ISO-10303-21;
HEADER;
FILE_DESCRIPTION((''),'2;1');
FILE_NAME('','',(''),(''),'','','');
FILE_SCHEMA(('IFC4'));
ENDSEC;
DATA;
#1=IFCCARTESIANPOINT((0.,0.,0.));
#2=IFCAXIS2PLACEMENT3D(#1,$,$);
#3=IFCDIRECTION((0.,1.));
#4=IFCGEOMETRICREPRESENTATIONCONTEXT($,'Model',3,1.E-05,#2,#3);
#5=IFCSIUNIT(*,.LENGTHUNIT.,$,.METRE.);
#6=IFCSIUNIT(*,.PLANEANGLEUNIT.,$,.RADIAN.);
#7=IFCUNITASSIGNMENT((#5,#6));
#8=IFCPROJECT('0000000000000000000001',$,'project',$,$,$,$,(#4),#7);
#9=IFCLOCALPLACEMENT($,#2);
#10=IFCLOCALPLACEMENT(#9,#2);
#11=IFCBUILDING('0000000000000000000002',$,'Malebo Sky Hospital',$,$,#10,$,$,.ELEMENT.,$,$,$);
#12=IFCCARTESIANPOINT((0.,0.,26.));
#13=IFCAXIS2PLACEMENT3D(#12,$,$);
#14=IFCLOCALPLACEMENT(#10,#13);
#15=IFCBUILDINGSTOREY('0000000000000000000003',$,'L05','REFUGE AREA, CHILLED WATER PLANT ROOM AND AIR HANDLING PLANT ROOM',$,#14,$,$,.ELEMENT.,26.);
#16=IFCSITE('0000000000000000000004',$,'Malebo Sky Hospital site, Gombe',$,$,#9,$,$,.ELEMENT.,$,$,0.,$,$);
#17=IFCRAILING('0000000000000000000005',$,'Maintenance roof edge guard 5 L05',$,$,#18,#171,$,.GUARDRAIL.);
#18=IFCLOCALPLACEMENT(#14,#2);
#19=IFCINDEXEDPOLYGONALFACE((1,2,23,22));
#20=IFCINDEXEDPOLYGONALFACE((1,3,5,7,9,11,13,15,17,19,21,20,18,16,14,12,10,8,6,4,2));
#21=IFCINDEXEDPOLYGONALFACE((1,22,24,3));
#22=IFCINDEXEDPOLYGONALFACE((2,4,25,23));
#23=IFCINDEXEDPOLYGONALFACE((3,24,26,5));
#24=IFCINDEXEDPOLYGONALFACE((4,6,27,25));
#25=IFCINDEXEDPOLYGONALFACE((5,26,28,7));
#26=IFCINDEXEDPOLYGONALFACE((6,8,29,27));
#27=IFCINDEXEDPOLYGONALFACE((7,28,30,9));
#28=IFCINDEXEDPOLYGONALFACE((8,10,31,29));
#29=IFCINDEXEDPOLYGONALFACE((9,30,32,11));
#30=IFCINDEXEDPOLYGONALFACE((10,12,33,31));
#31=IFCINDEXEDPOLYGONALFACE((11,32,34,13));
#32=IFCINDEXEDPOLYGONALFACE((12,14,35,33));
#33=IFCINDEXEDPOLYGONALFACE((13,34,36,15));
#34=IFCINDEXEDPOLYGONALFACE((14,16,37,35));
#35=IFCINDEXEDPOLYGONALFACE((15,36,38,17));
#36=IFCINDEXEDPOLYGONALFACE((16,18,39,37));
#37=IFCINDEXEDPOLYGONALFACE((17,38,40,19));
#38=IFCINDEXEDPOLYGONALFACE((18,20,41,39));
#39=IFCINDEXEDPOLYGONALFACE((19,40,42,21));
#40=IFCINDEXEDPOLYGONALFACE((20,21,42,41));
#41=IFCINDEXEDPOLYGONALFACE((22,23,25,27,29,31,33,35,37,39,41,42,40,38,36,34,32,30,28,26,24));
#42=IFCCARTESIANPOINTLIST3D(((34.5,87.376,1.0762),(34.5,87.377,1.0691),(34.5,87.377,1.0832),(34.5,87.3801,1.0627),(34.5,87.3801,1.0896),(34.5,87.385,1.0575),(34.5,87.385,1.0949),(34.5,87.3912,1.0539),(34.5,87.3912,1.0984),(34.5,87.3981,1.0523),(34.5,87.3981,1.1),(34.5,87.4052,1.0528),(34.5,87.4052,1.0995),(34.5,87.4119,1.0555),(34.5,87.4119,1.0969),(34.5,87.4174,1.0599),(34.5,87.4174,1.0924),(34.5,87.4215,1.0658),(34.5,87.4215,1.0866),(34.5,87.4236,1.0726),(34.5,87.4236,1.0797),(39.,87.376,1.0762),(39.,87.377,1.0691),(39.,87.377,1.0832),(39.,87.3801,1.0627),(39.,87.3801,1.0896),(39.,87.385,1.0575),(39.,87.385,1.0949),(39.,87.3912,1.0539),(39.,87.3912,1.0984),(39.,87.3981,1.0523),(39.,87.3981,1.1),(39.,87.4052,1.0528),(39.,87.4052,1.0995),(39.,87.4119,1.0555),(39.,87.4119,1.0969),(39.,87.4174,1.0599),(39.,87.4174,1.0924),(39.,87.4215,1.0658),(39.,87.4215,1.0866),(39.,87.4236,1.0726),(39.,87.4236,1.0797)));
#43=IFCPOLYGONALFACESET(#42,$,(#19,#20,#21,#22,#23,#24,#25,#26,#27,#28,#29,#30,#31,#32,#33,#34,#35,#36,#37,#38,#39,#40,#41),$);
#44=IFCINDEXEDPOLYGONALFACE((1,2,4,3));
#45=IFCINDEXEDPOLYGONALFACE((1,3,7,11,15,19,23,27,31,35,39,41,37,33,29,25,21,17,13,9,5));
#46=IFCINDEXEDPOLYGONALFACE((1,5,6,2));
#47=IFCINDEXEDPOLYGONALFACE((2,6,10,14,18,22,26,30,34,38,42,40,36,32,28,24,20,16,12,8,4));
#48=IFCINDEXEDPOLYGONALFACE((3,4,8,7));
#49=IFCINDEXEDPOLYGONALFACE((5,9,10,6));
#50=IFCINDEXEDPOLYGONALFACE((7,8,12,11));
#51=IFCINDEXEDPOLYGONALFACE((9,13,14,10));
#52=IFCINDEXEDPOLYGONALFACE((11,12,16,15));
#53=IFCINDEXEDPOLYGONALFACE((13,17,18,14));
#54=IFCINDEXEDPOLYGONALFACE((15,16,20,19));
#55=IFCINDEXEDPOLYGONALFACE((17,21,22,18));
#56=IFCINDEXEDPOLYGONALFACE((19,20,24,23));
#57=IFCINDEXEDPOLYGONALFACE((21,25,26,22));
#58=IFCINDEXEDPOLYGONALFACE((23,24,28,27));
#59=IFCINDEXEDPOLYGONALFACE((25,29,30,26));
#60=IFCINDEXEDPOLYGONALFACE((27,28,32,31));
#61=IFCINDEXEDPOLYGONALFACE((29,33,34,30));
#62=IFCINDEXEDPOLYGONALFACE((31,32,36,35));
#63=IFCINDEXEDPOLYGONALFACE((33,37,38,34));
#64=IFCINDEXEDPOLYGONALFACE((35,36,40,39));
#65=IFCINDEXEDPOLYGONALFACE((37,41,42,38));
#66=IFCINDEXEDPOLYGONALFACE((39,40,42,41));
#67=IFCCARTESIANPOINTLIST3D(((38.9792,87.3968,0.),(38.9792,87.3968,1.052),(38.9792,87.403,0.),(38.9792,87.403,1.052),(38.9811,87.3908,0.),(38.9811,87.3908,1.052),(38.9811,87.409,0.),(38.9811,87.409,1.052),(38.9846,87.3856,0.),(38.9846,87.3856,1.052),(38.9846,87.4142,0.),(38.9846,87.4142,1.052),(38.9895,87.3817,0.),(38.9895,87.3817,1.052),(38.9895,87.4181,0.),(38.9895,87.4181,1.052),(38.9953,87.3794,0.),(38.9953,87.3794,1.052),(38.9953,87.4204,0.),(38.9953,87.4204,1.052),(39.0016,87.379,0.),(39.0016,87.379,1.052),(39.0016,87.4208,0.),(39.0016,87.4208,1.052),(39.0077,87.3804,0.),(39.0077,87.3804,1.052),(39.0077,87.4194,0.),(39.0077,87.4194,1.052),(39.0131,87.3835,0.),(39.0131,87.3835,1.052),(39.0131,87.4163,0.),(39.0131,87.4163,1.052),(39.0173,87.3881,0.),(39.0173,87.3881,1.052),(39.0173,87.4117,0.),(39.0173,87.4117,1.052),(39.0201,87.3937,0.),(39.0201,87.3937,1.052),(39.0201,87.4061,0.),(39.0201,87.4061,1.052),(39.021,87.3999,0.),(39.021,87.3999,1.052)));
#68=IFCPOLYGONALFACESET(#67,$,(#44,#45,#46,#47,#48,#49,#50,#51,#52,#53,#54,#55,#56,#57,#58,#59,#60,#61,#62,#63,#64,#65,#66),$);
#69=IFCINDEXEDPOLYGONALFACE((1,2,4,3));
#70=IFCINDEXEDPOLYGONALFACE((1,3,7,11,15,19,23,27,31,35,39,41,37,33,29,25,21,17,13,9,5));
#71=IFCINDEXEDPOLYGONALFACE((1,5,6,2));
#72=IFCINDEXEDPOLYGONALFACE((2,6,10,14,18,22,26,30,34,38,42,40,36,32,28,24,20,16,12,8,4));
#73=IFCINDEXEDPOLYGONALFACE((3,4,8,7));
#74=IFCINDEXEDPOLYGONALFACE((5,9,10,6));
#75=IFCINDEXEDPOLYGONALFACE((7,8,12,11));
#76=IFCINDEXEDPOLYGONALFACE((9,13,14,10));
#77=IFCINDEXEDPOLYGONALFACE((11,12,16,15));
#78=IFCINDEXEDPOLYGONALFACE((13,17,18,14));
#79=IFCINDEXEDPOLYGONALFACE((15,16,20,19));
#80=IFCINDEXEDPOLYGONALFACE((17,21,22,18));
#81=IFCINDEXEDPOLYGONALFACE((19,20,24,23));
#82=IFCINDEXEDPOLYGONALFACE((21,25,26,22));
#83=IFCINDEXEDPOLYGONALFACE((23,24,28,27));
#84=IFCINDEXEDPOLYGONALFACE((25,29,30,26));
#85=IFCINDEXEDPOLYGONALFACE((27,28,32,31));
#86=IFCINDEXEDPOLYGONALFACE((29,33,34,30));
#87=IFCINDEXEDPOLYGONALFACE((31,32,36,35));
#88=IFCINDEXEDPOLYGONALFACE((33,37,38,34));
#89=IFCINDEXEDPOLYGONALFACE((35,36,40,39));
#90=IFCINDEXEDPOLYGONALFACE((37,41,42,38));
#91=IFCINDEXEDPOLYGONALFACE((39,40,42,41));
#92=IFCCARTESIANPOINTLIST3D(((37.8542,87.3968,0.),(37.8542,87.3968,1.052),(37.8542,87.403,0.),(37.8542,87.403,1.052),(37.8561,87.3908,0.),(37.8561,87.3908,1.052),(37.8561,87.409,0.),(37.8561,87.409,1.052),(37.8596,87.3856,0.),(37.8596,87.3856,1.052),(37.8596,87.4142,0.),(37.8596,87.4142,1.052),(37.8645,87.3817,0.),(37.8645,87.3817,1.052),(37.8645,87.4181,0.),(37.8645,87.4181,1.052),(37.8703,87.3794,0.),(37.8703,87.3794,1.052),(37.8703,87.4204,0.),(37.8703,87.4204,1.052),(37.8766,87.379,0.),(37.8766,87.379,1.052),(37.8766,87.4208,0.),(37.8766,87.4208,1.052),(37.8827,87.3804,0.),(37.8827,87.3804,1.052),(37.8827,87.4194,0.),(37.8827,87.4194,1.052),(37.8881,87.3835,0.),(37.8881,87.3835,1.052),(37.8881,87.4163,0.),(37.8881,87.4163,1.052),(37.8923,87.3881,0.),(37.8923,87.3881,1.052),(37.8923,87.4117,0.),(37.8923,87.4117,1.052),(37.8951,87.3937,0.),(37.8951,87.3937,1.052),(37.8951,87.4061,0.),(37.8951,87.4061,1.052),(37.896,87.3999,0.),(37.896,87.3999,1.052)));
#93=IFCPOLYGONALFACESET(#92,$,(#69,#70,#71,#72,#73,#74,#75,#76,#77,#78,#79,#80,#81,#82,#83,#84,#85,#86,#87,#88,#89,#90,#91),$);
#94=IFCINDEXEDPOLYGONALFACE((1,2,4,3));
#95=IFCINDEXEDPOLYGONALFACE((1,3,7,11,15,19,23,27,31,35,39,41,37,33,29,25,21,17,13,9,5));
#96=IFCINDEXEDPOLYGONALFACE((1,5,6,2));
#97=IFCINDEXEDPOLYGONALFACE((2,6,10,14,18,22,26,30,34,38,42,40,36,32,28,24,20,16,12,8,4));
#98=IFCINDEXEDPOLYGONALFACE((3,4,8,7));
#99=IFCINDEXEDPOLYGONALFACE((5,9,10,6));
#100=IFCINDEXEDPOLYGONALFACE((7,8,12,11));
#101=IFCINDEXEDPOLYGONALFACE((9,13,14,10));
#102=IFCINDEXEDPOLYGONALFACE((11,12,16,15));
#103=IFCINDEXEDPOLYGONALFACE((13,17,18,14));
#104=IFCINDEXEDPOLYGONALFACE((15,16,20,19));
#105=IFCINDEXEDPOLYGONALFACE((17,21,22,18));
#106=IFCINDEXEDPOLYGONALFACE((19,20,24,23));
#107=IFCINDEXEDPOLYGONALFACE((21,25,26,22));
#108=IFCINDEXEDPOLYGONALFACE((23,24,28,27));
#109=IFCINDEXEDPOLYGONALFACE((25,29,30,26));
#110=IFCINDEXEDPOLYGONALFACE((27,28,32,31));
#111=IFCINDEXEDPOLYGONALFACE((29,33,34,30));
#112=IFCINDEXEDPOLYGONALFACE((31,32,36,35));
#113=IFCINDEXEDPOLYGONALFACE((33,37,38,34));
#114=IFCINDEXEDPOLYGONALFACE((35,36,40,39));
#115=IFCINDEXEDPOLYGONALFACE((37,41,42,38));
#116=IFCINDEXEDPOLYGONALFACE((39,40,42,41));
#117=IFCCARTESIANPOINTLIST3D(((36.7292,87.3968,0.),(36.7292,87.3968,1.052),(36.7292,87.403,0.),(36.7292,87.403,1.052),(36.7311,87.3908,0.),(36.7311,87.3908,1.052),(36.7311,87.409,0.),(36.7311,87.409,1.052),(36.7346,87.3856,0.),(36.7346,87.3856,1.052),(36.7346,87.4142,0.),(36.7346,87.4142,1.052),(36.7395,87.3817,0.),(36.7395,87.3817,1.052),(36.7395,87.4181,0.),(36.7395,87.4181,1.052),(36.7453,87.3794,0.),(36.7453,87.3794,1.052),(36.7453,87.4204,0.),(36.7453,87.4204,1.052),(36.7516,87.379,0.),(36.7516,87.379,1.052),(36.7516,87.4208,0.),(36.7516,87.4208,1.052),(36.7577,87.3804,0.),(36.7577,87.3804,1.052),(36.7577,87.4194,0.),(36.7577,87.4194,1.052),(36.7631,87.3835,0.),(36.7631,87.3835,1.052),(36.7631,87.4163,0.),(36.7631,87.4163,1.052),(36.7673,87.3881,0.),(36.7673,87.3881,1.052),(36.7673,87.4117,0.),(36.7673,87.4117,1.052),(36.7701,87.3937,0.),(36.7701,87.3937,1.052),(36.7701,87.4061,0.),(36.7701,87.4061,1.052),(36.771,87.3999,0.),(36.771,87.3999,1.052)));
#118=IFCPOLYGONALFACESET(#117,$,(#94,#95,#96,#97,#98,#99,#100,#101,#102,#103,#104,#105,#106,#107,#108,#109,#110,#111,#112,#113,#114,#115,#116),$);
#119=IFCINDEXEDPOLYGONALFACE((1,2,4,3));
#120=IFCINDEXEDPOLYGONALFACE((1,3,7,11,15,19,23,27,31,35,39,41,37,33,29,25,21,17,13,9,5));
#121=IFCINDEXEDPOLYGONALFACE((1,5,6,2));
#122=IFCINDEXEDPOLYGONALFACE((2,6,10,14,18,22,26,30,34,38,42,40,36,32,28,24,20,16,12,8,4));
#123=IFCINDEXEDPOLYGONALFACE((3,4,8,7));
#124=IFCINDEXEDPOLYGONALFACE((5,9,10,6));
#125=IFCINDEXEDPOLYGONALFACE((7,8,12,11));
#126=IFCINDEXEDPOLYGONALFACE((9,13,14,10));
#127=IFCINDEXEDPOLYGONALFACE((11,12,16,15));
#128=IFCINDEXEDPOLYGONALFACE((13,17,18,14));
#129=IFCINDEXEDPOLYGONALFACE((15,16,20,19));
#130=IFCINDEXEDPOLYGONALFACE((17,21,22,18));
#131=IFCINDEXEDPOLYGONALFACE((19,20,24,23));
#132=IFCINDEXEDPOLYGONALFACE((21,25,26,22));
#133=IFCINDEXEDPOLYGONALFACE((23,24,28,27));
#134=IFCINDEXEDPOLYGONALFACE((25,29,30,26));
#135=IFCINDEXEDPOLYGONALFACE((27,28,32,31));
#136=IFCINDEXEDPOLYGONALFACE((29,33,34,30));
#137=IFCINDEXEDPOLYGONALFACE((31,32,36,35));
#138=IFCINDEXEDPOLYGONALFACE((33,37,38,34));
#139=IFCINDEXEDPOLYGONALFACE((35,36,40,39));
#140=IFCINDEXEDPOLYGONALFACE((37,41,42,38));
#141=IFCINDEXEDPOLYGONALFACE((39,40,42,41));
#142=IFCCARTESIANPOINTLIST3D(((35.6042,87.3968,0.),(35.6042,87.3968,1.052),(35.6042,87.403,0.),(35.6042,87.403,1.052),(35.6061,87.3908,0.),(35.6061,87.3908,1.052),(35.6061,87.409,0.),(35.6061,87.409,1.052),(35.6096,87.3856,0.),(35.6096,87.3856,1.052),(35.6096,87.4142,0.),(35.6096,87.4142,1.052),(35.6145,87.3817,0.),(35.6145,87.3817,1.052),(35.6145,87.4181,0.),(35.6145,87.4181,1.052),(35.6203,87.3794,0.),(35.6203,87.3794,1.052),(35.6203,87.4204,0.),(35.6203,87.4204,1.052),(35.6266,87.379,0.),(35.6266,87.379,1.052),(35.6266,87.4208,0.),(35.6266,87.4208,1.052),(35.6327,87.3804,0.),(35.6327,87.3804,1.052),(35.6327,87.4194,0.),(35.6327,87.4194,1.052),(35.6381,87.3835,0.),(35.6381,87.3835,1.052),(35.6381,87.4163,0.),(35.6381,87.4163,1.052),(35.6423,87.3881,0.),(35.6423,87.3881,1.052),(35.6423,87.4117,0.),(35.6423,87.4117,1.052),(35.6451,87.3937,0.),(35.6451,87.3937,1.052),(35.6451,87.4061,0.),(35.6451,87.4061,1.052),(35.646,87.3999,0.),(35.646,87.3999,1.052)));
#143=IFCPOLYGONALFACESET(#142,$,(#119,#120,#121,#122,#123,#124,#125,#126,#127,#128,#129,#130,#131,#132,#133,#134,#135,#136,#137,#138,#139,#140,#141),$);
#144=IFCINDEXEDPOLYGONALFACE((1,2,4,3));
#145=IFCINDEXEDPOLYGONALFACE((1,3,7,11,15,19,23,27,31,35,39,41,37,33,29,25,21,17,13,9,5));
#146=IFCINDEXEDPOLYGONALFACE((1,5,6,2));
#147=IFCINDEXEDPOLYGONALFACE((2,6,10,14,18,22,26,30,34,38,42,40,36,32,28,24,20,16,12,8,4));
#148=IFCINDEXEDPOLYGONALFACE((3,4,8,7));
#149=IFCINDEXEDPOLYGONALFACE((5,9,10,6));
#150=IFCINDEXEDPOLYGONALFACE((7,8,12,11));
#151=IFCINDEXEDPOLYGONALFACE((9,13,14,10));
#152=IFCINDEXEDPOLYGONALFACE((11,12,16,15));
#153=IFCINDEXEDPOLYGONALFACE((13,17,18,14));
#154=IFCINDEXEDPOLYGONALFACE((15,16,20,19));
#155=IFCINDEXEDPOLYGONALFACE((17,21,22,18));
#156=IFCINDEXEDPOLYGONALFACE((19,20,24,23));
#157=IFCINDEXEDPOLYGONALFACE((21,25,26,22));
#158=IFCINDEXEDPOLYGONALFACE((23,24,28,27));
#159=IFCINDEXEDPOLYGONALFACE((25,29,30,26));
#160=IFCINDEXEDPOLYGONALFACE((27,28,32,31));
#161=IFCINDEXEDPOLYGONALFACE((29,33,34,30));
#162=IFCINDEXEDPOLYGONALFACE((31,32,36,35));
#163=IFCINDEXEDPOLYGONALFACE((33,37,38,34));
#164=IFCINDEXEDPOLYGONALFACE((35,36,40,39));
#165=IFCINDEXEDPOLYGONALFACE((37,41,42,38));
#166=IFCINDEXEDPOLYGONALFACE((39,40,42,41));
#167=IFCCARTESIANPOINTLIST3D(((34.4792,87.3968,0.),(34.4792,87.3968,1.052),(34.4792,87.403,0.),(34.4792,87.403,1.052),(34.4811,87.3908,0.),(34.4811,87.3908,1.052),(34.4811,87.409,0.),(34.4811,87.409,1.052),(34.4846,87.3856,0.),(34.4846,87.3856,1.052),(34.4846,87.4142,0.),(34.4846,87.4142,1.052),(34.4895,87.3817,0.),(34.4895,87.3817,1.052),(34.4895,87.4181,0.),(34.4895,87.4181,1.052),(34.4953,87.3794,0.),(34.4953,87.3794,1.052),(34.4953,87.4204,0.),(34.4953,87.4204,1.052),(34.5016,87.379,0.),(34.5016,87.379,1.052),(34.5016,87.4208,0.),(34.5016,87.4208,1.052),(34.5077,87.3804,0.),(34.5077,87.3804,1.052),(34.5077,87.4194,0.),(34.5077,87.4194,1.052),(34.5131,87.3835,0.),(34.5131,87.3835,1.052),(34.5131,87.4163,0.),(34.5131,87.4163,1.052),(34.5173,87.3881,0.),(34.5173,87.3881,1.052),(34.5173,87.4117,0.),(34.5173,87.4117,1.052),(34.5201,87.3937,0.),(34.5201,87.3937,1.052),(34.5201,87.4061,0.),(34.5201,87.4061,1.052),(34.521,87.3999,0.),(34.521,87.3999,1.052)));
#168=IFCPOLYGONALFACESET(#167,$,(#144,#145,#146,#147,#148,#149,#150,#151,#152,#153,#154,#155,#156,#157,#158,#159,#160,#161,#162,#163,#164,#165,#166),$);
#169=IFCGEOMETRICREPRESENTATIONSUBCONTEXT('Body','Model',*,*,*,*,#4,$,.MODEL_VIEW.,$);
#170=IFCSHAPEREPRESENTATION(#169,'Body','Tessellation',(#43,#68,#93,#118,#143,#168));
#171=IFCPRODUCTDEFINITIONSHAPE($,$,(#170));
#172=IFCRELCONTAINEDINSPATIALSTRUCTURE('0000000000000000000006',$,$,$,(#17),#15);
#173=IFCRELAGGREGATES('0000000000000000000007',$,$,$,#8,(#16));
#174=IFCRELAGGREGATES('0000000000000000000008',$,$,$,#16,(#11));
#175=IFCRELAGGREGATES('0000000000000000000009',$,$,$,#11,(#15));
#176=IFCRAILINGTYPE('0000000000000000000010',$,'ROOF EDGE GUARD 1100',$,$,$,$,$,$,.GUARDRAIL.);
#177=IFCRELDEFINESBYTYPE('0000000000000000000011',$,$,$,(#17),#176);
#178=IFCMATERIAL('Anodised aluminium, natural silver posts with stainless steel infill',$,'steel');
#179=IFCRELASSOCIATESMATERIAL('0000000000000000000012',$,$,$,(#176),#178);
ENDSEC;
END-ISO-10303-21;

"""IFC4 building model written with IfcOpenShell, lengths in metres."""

from ifc_helpers import new_model, si_unit, direction, frame, origin, origin_2d, place, context, subcontext, project, spatial, circle, extrude, material, type_object, element, save


model = new_model("IFC4")

# Units and contexts
model_context = context("Model", 3, precision=1e-05, world=origin(), true_north=direction((0.0, 1.0)))
body_context = subcontext(model_context, "Body", "Model", "MODEL_VIEW")
ifc_project = project(units=[si_unit("LENGTHUNIT", "METRE"), si_unit("PLANEANGLEUNIT", "RADIAN")], contexts=[model_context])

# Site, building, storey
site_placement = place(None, origin())
site = spatial("IfcSite", under=ifc_project, at=site_placement, Name="Malebo Sky Hospital site, Gombe", CompositionType="ELEMENT", RefElevation=0.0)
building_placement = place(site_placement, origin())
building = spatial("IfcBuilding", under=site, at=building_placement, Name="Malebo Sky Hospital", CompositionType="ELEMENT")
storey_placement = place(building_placement, frame((0.0, 0.0, 26.0)))
storey = spatial("IfcBuildingStorey", under=building, at=storey_placement, Name="L05", Description="REFUGE AREA, CHILLED WATER PLANT ROOM AND AIR HANDLING PLANT ROOM", CompositionType="ELEMENT", Elevation=26.0)

# Railing
ifc_material_1 = material(Name="Anodised aluminium, natural silver posts with stainless steel infill", Category="steel")
railing_type = type_object("IfcRailingType", Name="ROOF EDGE GUARD 1100", PredefinedType="GUARDRAIL", material=ifc_material_1)
railing_1_placement = place(storey_placement, frame((39.0, 87.3999, 0.0)))
element("IfcRailing", 1, at=railing_1_placement, inside=storey, type_object=railing_type, Name="Maintenance roof edge guard 5 L05", PredefinedType="GUARDRAIL", context=body_context, shape_type="SweptSolid", body=[
    extrude(circle(Radius=0.0239, at=origin_2d()), frame((0.0, 0.0, 1.0762), z_axis=(-1.0, 0.0, 0.0), x_axis=(0.0, -1.0, 0.0)), (0.0, 0.0, 1.0), 4.5),
    extrude(circle(Radius=0.021, at=origin_2d()), origin(), (0.0, 0.0, 1.0), 1.052),
    extrude(circle(Radius=0.021, at=origin_2d()), frame((-1.125, 0.0, 0.0)), (0.0, 0.0, 1.0), 1.052),
    extrude(circle(Radius=0.021, at=origin_2d()), frame((-2.25, 0.0, 0.0)), (0.0, 0.0, 1.0), 1.052),
    extrude(circle(Radius=0.021, at=origin_2d()), frame((-3.375, 0.0, 0.0)), (0.0, 0.0, 1.0), 1.052),
    extrude(circle(Radius=0.021, at=origin_2d()), frame((-4.5, 0.0, 0.0)), (0.0, 0.0, 1.0), 1.052),
])

save(model, "model.ifc")
